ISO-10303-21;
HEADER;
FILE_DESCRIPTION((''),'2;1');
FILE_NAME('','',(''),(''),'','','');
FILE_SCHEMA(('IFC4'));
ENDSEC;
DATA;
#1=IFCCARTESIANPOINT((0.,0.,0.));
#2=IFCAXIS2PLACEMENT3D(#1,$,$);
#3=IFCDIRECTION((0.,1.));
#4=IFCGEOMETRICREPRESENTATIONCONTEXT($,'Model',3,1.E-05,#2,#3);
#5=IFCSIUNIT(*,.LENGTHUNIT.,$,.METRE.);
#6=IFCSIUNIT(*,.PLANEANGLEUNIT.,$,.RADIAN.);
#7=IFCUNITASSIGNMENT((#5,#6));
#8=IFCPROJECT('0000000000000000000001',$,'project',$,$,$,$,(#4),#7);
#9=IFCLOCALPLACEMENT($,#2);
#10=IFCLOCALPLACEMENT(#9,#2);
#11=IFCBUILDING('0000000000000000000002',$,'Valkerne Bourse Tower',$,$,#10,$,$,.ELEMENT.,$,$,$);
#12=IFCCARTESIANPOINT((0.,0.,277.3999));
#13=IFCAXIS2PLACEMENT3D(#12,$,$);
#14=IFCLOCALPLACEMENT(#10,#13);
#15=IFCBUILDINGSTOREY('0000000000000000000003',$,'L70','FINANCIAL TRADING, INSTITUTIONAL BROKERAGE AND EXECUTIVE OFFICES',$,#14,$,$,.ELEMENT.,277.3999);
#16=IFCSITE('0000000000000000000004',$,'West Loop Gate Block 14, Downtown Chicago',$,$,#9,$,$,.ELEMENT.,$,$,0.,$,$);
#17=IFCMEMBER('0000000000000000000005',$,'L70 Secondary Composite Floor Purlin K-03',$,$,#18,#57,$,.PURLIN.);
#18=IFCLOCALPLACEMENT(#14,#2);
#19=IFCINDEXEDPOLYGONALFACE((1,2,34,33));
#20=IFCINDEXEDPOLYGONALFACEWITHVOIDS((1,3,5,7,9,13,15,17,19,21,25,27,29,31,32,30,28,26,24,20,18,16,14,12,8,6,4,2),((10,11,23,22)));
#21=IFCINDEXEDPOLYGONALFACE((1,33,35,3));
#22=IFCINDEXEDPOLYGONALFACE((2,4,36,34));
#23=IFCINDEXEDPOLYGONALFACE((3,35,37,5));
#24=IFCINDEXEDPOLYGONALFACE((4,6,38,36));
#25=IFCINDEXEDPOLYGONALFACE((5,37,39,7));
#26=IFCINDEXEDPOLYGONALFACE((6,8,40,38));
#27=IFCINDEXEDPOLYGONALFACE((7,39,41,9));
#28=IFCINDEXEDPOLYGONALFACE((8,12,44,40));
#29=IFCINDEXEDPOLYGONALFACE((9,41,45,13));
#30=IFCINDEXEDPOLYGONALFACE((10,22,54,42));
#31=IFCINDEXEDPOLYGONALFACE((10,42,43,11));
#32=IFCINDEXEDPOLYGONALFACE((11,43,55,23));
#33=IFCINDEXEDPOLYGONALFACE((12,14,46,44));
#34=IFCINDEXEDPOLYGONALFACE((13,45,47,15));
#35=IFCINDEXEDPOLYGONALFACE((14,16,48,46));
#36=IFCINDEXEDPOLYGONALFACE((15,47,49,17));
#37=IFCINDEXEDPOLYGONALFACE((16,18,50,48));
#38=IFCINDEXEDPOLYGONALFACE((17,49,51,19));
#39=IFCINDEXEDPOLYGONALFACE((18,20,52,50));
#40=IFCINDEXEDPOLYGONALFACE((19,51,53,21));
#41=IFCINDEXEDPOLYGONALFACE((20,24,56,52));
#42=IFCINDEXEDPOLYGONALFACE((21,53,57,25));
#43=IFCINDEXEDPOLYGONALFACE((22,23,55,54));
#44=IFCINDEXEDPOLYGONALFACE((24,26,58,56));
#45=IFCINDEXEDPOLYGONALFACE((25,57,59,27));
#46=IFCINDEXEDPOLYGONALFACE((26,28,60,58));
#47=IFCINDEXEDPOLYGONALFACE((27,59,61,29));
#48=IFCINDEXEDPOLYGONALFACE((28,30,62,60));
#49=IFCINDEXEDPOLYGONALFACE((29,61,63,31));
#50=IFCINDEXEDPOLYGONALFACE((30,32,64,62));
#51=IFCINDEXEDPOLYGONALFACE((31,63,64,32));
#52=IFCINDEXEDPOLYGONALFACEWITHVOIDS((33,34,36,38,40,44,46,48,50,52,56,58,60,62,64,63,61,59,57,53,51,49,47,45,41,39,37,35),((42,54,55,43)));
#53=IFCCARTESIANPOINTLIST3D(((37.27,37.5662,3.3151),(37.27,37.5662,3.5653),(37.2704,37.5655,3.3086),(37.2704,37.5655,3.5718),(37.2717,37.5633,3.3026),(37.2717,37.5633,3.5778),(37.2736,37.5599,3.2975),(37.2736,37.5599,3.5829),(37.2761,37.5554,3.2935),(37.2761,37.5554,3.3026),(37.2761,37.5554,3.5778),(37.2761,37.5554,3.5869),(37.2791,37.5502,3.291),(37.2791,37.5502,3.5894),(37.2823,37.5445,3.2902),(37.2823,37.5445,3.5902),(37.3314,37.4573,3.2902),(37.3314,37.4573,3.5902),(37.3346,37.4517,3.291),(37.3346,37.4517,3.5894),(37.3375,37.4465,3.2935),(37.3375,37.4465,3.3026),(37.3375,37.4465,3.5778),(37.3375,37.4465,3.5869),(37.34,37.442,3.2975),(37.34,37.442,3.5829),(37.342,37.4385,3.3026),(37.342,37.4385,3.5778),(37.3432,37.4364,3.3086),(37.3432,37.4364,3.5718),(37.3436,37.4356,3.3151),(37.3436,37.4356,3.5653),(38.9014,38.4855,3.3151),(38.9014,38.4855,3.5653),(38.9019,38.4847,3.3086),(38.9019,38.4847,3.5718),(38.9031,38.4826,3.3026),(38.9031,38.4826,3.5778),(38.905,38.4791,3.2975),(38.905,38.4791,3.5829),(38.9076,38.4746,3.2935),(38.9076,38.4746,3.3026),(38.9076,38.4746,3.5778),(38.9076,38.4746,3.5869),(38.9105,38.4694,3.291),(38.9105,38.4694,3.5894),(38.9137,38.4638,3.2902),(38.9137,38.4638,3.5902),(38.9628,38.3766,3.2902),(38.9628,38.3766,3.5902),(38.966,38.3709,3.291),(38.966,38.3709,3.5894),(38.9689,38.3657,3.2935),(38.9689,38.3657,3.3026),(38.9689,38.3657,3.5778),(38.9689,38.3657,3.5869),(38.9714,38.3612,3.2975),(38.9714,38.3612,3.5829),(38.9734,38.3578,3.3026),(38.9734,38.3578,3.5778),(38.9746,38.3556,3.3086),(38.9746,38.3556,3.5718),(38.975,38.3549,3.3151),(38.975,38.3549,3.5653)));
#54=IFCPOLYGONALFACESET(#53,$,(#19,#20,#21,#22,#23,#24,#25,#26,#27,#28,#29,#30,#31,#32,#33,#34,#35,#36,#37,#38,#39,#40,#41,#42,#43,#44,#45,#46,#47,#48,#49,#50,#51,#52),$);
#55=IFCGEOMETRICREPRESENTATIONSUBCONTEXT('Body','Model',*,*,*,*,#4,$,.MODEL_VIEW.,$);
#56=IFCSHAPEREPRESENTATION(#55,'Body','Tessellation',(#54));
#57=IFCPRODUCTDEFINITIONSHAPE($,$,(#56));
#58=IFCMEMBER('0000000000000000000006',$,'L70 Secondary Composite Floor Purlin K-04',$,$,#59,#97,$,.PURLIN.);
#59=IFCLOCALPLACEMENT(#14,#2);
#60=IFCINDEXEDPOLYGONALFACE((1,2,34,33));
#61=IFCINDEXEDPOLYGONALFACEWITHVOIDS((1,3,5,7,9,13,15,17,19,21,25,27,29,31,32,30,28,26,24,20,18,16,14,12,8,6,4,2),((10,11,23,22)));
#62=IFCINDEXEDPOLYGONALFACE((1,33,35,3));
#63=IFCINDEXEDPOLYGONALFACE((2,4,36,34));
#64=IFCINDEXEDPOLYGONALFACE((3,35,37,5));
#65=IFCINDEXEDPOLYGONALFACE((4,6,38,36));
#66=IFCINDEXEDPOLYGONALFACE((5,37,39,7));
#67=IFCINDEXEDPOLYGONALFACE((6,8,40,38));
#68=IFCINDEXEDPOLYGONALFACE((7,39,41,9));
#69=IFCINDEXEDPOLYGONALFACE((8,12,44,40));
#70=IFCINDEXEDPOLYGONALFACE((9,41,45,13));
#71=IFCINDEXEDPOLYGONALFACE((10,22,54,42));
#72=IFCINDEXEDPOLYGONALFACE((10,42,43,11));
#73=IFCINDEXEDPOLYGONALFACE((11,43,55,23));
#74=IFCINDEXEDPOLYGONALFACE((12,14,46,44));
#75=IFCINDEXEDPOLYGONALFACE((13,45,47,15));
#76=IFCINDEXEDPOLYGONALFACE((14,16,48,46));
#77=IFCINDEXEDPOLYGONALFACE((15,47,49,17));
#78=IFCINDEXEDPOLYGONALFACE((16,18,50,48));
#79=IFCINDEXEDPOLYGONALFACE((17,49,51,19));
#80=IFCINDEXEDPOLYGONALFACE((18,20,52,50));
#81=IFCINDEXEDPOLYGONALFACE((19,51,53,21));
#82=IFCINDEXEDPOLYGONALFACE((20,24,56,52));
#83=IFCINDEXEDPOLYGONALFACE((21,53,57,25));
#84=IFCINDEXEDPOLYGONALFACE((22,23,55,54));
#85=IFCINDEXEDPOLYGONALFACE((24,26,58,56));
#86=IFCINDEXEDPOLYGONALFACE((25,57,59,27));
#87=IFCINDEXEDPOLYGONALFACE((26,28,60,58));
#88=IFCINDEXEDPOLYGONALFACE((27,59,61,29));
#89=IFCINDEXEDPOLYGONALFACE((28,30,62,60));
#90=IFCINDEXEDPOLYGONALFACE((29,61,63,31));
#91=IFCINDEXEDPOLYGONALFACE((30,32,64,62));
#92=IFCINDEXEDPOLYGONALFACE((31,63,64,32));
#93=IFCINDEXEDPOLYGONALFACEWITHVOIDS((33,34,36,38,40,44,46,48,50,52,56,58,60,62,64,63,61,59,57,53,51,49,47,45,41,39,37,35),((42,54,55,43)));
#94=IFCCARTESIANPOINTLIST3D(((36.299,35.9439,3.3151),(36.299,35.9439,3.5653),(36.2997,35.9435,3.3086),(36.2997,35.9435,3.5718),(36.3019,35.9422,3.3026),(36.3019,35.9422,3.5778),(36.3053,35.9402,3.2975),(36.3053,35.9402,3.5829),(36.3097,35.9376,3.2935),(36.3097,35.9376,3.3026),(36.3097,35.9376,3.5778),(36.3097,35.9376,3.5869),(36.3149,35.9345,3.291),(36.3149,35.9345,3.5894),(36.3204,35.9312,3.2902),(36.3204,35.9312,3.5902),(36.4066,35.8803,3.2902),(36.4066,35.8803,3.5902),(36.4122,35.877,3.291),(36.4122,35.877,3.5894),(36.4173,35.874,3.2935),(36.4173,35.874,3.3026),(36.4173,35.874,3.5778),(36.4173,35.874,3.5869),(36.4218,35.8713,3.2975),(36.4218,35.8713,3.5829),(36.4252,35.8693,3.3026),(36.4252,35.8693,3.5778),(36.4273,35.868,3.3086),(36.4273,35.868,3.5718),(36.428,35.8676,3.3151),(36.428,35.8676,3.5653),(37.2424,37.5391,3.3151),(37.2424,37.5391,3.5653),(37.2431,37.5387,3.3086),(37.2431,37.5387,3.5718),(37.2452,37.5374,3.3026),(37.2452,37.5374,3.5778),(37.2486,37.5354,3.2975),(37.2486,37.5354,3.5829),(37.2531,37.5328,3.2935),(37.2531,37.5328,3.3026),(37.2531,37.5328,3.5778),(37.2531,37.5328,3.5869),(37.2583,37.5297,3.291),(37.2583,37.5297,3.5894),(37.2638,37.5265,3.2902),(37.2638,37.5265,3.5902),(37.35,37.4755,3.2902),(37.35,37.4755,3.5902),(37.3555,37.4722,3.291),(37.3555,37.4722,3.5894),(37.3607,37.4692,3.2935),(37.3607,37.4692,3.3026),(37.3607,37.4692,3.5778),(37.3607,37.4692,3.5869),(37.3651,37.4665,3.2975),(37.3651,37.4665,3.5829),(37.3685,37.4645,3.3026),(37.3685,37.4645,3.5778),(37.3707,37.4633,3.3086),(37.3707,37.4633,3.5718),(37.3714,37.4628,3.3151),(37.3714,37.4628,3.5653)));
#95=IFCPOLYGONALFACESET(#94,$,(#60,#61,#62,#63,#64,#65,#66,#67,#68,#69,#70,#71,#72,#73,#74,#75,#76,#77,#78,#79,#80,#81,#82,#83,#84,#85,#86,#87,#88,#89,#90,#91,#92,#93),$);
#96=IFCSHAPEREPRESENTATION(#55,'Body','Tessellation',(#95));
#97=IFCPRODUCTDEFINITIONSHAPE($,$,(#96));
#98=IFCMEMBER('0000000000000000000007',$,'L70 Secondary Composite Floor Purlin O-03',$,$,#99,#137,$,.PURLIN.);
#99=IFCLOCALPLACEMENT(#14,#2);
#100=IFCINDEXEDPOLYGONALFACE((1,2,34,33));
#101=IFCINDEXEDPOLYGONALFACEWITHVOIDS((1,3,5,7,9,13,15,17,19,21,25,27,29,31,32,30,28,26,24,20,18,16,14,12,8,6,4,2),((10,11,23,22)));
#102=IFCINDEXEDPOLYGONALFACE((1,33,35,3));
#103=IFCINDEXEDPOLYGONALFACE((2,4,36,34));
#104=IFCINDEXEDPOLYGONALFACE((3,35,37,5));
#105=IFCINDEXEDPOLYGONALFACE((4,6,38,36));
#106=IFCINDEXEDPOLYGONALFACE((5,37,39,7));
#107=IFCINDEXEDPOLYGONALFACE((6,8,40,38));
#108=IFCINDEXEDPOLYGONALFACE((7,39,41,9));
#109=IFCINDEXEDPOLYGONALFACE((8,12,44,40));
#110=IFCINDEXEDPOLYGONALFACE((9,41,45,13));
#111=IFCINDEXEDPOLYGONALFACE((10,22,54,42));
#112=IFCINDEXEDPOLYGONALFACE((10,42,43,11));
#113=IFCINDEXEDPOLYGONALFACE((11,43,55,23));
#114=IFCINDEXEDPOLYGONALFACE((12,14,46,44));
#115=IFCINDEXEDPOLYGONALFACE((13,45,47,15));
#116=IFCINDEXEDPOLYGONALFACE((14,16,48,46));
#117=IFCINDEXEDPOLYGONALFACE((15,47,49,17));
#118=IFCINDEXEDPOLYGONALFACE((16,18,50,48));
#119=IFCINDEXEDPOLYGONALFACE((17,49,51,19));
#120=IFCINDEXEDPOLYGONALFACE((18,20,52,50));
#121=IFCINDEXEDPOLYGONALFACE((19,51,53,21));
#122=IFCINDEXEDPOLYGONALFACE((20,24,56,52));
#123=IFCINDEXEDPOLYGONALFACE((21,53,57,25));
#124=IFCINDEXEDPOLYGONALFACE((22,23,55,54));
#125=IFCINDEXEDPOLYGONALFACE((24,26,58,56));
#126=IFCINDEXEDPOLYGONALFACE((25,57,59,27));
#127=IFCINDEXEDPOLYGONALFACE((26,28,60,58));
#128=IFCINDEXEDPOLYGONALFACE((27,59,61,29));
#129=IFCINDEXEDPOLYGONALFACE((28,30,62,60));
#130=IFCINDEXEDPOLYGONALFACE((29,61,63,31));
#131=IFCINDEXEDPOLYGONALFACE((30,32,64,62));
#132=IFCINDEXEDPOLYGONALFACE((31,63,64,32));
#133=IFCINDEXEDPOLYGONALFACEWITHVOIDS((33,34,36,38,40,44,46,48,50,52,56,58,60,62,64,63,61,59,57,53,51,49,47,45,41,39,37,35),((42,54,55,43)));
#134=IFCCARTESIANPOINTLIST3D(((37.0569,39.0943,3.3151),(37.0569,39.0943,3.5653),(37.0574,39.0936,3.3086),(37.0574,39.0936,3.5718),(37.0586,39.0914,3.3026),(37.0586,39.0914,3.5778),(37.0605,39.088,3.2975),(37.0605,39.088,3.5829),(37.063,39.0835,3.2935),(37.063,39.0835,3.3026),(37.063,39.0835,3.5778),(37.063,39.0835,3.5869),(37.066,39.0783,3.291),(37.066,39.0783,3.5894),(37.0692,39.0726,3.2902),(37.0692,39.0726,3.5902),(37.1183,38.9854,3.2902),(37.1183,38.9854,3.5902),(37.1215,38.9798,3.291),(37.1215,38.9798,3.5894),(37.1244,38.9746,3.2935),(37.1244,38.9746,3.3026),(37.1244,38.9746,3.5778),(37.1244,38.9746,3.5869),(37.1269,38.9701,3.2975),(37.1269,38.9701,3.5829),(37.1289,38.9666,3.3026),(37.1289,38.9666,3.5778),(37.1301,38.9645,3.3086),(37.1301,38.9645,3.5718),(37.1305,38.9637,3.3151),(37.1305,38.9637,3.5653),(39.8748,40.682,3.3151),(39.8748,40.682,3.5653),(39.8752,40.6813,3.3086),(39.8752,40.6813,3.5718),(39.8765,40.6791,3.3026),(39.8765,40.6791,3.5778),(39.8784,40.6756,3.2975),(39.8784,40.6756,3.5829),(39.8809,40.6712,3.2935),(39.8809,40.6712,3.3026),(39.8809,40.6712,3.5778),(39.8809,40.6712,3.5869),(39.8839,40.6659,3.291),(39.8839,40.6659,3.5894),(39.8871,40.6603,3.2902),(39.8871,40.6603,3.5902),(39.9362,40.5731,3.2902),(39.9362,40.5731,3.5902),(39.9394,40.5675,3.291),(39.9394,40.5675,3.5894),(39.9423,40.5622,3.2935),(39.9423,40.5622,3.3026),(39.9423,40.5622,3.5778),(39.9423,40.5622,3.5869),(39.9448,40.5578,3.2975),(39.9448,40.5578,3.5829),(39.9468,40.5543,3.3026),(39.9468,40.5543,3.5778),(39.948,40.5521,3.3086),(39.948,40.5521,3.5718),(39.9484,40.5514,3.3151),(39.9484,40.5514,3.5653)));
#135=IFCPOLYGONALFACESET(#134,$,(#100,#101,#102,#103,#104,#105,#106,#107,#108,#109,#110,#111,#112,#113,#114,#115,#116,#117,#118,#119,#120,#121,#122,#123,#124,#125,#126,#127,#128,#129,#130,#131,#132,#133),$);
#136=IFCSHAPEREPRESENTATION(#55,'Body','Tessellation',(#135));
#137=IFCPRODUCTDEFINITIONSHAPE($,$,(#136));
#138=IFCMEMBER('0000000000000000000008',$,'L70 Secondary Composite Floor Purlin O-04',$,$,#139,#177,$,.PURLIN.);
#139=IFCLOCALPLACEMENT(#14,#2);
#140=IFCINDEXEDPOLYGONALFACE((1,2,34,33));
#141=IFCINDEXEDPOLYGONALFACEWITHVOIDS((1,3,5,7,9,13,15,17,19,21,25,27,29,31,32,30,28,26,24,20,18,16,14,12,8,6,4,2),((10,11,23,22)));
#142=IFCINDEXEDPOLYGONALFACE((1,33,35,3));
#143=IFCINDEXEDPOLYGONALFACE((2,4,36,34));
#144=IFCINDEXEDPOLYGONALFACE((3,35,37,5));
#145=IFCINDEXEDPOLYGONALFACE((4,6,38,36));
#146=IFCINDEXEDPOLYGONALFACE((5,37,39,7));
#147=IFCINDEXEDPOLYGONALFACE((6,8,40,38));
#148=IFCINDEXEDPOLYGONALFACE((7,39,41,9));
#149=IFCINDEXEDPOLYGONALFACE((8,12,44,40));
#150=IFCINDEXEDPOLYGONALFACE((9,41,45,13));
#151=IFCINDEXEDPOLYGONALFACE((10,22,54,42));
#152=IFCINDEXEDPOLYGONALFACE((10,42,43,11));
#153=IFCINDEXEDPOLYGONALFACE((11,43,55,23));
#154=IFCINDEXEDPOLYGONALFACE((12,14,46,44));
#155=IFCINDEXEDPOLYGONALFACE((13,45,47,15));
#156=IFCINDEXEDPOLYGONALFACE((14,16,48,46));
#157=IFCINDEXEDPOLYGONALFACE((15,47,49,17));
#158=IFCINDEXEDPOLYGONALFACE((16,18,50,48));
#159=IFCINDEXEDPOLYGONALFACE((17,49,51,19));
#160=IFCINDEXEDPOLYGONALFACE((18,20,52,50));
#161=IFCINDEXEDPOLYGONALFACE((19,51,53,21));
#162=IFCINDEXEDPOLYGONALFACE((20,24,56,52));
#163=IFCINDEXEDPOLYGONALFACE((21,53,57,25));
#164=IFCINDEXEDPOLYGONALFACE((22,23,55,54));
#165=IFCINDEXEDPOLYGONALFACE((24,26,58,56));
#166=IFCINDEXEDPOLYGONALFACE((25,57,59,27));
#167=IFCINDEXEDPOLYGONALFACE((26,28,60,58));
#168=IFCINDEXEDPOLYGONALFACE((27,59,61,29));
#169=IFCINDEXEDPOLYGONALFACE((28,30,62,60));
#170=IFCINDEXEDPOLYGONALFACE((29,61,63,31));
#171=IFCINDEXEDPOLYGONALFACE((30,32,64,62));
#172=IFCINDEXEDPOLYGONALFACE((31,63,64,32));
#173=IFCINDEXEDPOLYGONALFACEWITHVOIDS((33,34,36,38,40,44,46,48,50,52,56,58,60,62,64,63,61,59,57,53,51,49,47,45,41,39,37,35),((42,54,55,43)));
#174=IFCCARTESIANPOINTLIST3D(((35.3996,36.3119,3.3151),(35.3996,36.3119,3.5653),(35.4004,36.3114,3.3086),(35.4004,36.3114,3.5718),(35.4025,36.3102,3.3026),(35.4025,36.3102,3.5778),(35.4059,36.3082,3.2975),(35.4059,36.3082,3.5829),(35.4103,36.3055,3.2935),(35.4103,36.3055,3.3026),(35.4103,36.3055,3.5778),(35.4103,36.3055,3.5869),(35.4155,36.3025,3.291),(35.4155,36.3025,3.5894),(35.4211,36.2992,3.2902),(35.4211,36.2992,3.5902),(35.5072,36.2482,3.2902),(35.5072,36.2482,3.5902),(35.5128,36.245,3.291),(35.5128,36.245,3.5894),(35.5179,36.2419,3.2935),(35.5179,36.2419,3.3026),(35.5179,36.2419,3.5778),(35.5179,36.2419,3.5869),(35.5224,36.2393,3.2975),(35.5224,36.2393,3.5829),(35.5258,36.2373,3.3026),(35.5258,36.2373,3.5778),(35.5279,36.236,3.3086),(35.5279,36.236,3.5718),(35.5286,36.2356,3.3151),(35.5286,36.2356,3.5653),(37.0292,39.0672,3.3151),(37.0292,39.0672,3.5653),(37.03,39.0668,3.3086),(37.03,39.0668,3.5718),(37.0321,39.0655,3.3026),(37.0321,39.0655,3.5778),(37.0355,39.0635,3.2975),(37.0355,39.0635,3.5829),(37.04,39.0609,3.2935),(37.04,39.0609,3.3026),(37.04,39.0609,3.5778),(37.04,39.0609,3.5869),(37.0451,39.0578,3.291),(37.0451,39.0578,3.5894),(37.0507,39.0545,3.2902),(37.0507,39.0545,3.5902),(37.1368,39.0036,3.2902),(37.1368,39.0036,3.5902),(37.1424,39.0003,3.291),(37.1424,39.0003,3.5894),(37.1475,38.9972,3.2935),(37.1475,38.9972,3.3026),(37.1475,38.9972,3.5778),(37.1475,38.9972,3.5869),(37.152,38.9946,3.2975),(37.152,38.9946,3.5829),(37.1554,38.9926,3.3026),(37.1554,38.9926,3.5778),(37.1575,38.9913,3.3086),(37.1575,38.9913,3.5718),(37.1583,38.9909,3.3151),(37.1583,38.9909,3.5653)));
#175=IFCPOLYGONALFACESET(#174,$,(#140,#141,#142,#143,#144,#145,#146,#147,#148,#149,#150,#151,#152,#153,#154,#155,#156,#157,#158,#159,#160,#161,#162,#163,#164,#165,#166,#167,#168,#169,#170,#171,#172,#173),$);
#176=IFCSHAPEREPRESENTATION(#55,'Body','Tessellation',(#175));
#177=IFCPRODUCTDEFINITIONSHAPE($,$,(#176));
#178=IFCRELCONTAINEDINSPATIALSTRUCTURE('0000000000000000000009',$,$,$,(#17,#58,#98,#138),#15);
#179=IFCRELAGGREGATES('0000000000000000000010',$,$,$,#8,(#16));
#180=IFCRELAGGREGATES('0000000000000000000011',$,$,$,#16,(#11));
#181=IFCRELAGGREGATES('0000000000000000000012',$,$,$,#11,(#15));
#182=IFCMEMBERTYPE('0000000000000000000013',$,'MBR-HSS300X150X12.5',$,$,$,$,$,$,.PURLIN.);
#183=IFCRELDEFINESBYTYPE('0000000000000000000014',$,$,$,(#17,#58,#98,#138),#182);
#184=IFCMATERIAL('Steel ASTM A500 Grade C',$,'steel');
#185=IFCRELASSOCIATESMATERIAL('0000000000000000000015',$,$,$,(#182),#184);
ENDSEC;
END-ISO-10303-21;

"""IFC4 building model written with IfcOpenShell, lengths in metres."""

from ifc_helpers import new_model, si_unit, direction, frame, origin, origin_2d, place, context, subcontext, project, spatial, hollow_rectangle, extrude, material, material_profile, profile_set, type_object, element, save


model = new_model("IFC4")

# Units and contexts
model_context = context("Model", 3, precision=1e-05, world=origin(), true_north=direction((0.0, 1.0)))
body_context = subcontext(model_context, "Body", "Model", "MODEL_VIEW")
ifc_project = project(units=[si_unit("LENGTHUNIT", "METRE"), si_unit("PLANEANGLEUNIT", "RADIAN")], contexts=[model_context])

# Site, building, storey
site_placement = place(None, origin())
site = spatial("IfcSite", under=ifc_project, at=site_placement, Name="West Loop Gate Block 14, Downtown Chicago", CompositionType="ELEMENT", RefElevation=0.0)
building_placement = place(site_placement, origin())
building = spatial("IfcBuilding", under=site, at=building_placement, Name="Valkerne Bourse Tower", CompositionType="ELEMENT")
storey_placement = place(building_placement, frame((0.0, 0.0, 277.3999)))
storey = spatial("IfcBuildingStorey", under=building, at=storey_placement, Name="L70", Description="FINANCIAL TRADING, INSTITUTIONAL BROKERAGE AND EXECUTIVE OFFICES", CompositionType="ELEMENT", Elevation=277.3999)

# Members
ifc_material_1 = material(Name="Steel ASTM A500 Grade C", Category="steel")
ifc_material_profile_1 = material_profile(ifc_material_1, hollow_rectangle(XDim=0.1499, YDim=0.3, WallThickness=0.0125, OuterFilletRadius=0.0249, at=origin_2d()), Name="HSS300X150X12.5")
ifc_profile_set_1 = profile_set([ifc_material_profile_1], Name="Steel ASTM A500 Grade C")
member_type_1 = type_object("IfcMemberType", Name="MBR-HSS300X150X12.5", PredefinedType="PURLIN", material=ifc_profile_set_1)
member_1_placement = place(storey_placement, frame((38.9382, 38.4202, 3.4402), z_axis=(-0.87122, -0.490893, 0.0), x_axis=(0.490893, -0.87122, 0.0)))
element("IfcMember", 1, at=member_1_placement, inside=storey, type_object=member_type_1, Name="L70 Secondary Composite Floor Purlin K-03", PredefinedType="PURLIN", context=body_context, shape_type="SweptSolid", body=[
    extrude(hollow_rectangle(XDim=0.1499, YDim=0.3, WallThickness=0.0125, OuterFilletRadius=0.0249, at=origin_2d()), origin(), (0.0, 0.0, 1.0), 1.8726),
])
member_2_placement = place(storey_placement, frame((37.3069, 37.501, 3.4402), z_axis=(-0.509022, -0.860753, 0.0), x_axis=(0.860753, -0.509022, 0.0)))
element("IfcMember", 2, at=member_2_placement, inside=storey, type_object=member_type_1, Name="L70 Secondary Composite Floor Purlin K-04", PredefinedType="PURLIN", context=body_context, shape_type="SweptSolid", body=[
    extrude(hollow_rectangle(XDim=0.1499, YDim=0.3, WallThickness=0.0125, OuterFilletRadius=0.0249, at=origin_2d()), origin(), (0.0, 0.0, 1.0), 1.8533),
])
member_3_placement = place(storey_placement, frame((39.9116, 40.6167, 3.4402), z_axis=(-0.871233, -0.49087, 0.0), x_axis=(0.49087, -0.871233, 0.0)))
element("IfcMember", 3, at=member_3_placement, inside=storey, type_object=member_type_1, Name="L70 Secondary Composite Floor Purlin O-03", PredefinedType="PURLIN", context=body_context, shape_type="SweptSolid", body=[
    extrude(hollow_rectangle(XDim=0.1499, YDim=0.3, WallThickness=0.0125, OuterFilletRadius=0.0249, at=origin_2d()), origin(), (0.0, 0.0, 1.0), 3.2344),
])
member_4_placement = place(storey_placement, frame((37.0938, 39.0291, 3.4402), z_axis=(-0.509068, -0.860726, 0.0), x_axis=(0.860726, -0.509068, 0.0)))
element("IfcMember", 4, at=member_4_placement, inside=storey, type_object=member_type_1, Name="L70 Secondary Composite Floor Purlin O-04", PredefinedType="PURLIN", context=body_context, shape_type="SweptSolid", body=[
    extrude(hollow_rectangle(XDim=0.1499, YDim=0.3, WallThickness=0.0125, OuterFilletRadius=0.0249, at=origin_2d()), origin(), (0.0, 0.0, 1.0), 3.2012),
])

save(model, "model.ifc")
